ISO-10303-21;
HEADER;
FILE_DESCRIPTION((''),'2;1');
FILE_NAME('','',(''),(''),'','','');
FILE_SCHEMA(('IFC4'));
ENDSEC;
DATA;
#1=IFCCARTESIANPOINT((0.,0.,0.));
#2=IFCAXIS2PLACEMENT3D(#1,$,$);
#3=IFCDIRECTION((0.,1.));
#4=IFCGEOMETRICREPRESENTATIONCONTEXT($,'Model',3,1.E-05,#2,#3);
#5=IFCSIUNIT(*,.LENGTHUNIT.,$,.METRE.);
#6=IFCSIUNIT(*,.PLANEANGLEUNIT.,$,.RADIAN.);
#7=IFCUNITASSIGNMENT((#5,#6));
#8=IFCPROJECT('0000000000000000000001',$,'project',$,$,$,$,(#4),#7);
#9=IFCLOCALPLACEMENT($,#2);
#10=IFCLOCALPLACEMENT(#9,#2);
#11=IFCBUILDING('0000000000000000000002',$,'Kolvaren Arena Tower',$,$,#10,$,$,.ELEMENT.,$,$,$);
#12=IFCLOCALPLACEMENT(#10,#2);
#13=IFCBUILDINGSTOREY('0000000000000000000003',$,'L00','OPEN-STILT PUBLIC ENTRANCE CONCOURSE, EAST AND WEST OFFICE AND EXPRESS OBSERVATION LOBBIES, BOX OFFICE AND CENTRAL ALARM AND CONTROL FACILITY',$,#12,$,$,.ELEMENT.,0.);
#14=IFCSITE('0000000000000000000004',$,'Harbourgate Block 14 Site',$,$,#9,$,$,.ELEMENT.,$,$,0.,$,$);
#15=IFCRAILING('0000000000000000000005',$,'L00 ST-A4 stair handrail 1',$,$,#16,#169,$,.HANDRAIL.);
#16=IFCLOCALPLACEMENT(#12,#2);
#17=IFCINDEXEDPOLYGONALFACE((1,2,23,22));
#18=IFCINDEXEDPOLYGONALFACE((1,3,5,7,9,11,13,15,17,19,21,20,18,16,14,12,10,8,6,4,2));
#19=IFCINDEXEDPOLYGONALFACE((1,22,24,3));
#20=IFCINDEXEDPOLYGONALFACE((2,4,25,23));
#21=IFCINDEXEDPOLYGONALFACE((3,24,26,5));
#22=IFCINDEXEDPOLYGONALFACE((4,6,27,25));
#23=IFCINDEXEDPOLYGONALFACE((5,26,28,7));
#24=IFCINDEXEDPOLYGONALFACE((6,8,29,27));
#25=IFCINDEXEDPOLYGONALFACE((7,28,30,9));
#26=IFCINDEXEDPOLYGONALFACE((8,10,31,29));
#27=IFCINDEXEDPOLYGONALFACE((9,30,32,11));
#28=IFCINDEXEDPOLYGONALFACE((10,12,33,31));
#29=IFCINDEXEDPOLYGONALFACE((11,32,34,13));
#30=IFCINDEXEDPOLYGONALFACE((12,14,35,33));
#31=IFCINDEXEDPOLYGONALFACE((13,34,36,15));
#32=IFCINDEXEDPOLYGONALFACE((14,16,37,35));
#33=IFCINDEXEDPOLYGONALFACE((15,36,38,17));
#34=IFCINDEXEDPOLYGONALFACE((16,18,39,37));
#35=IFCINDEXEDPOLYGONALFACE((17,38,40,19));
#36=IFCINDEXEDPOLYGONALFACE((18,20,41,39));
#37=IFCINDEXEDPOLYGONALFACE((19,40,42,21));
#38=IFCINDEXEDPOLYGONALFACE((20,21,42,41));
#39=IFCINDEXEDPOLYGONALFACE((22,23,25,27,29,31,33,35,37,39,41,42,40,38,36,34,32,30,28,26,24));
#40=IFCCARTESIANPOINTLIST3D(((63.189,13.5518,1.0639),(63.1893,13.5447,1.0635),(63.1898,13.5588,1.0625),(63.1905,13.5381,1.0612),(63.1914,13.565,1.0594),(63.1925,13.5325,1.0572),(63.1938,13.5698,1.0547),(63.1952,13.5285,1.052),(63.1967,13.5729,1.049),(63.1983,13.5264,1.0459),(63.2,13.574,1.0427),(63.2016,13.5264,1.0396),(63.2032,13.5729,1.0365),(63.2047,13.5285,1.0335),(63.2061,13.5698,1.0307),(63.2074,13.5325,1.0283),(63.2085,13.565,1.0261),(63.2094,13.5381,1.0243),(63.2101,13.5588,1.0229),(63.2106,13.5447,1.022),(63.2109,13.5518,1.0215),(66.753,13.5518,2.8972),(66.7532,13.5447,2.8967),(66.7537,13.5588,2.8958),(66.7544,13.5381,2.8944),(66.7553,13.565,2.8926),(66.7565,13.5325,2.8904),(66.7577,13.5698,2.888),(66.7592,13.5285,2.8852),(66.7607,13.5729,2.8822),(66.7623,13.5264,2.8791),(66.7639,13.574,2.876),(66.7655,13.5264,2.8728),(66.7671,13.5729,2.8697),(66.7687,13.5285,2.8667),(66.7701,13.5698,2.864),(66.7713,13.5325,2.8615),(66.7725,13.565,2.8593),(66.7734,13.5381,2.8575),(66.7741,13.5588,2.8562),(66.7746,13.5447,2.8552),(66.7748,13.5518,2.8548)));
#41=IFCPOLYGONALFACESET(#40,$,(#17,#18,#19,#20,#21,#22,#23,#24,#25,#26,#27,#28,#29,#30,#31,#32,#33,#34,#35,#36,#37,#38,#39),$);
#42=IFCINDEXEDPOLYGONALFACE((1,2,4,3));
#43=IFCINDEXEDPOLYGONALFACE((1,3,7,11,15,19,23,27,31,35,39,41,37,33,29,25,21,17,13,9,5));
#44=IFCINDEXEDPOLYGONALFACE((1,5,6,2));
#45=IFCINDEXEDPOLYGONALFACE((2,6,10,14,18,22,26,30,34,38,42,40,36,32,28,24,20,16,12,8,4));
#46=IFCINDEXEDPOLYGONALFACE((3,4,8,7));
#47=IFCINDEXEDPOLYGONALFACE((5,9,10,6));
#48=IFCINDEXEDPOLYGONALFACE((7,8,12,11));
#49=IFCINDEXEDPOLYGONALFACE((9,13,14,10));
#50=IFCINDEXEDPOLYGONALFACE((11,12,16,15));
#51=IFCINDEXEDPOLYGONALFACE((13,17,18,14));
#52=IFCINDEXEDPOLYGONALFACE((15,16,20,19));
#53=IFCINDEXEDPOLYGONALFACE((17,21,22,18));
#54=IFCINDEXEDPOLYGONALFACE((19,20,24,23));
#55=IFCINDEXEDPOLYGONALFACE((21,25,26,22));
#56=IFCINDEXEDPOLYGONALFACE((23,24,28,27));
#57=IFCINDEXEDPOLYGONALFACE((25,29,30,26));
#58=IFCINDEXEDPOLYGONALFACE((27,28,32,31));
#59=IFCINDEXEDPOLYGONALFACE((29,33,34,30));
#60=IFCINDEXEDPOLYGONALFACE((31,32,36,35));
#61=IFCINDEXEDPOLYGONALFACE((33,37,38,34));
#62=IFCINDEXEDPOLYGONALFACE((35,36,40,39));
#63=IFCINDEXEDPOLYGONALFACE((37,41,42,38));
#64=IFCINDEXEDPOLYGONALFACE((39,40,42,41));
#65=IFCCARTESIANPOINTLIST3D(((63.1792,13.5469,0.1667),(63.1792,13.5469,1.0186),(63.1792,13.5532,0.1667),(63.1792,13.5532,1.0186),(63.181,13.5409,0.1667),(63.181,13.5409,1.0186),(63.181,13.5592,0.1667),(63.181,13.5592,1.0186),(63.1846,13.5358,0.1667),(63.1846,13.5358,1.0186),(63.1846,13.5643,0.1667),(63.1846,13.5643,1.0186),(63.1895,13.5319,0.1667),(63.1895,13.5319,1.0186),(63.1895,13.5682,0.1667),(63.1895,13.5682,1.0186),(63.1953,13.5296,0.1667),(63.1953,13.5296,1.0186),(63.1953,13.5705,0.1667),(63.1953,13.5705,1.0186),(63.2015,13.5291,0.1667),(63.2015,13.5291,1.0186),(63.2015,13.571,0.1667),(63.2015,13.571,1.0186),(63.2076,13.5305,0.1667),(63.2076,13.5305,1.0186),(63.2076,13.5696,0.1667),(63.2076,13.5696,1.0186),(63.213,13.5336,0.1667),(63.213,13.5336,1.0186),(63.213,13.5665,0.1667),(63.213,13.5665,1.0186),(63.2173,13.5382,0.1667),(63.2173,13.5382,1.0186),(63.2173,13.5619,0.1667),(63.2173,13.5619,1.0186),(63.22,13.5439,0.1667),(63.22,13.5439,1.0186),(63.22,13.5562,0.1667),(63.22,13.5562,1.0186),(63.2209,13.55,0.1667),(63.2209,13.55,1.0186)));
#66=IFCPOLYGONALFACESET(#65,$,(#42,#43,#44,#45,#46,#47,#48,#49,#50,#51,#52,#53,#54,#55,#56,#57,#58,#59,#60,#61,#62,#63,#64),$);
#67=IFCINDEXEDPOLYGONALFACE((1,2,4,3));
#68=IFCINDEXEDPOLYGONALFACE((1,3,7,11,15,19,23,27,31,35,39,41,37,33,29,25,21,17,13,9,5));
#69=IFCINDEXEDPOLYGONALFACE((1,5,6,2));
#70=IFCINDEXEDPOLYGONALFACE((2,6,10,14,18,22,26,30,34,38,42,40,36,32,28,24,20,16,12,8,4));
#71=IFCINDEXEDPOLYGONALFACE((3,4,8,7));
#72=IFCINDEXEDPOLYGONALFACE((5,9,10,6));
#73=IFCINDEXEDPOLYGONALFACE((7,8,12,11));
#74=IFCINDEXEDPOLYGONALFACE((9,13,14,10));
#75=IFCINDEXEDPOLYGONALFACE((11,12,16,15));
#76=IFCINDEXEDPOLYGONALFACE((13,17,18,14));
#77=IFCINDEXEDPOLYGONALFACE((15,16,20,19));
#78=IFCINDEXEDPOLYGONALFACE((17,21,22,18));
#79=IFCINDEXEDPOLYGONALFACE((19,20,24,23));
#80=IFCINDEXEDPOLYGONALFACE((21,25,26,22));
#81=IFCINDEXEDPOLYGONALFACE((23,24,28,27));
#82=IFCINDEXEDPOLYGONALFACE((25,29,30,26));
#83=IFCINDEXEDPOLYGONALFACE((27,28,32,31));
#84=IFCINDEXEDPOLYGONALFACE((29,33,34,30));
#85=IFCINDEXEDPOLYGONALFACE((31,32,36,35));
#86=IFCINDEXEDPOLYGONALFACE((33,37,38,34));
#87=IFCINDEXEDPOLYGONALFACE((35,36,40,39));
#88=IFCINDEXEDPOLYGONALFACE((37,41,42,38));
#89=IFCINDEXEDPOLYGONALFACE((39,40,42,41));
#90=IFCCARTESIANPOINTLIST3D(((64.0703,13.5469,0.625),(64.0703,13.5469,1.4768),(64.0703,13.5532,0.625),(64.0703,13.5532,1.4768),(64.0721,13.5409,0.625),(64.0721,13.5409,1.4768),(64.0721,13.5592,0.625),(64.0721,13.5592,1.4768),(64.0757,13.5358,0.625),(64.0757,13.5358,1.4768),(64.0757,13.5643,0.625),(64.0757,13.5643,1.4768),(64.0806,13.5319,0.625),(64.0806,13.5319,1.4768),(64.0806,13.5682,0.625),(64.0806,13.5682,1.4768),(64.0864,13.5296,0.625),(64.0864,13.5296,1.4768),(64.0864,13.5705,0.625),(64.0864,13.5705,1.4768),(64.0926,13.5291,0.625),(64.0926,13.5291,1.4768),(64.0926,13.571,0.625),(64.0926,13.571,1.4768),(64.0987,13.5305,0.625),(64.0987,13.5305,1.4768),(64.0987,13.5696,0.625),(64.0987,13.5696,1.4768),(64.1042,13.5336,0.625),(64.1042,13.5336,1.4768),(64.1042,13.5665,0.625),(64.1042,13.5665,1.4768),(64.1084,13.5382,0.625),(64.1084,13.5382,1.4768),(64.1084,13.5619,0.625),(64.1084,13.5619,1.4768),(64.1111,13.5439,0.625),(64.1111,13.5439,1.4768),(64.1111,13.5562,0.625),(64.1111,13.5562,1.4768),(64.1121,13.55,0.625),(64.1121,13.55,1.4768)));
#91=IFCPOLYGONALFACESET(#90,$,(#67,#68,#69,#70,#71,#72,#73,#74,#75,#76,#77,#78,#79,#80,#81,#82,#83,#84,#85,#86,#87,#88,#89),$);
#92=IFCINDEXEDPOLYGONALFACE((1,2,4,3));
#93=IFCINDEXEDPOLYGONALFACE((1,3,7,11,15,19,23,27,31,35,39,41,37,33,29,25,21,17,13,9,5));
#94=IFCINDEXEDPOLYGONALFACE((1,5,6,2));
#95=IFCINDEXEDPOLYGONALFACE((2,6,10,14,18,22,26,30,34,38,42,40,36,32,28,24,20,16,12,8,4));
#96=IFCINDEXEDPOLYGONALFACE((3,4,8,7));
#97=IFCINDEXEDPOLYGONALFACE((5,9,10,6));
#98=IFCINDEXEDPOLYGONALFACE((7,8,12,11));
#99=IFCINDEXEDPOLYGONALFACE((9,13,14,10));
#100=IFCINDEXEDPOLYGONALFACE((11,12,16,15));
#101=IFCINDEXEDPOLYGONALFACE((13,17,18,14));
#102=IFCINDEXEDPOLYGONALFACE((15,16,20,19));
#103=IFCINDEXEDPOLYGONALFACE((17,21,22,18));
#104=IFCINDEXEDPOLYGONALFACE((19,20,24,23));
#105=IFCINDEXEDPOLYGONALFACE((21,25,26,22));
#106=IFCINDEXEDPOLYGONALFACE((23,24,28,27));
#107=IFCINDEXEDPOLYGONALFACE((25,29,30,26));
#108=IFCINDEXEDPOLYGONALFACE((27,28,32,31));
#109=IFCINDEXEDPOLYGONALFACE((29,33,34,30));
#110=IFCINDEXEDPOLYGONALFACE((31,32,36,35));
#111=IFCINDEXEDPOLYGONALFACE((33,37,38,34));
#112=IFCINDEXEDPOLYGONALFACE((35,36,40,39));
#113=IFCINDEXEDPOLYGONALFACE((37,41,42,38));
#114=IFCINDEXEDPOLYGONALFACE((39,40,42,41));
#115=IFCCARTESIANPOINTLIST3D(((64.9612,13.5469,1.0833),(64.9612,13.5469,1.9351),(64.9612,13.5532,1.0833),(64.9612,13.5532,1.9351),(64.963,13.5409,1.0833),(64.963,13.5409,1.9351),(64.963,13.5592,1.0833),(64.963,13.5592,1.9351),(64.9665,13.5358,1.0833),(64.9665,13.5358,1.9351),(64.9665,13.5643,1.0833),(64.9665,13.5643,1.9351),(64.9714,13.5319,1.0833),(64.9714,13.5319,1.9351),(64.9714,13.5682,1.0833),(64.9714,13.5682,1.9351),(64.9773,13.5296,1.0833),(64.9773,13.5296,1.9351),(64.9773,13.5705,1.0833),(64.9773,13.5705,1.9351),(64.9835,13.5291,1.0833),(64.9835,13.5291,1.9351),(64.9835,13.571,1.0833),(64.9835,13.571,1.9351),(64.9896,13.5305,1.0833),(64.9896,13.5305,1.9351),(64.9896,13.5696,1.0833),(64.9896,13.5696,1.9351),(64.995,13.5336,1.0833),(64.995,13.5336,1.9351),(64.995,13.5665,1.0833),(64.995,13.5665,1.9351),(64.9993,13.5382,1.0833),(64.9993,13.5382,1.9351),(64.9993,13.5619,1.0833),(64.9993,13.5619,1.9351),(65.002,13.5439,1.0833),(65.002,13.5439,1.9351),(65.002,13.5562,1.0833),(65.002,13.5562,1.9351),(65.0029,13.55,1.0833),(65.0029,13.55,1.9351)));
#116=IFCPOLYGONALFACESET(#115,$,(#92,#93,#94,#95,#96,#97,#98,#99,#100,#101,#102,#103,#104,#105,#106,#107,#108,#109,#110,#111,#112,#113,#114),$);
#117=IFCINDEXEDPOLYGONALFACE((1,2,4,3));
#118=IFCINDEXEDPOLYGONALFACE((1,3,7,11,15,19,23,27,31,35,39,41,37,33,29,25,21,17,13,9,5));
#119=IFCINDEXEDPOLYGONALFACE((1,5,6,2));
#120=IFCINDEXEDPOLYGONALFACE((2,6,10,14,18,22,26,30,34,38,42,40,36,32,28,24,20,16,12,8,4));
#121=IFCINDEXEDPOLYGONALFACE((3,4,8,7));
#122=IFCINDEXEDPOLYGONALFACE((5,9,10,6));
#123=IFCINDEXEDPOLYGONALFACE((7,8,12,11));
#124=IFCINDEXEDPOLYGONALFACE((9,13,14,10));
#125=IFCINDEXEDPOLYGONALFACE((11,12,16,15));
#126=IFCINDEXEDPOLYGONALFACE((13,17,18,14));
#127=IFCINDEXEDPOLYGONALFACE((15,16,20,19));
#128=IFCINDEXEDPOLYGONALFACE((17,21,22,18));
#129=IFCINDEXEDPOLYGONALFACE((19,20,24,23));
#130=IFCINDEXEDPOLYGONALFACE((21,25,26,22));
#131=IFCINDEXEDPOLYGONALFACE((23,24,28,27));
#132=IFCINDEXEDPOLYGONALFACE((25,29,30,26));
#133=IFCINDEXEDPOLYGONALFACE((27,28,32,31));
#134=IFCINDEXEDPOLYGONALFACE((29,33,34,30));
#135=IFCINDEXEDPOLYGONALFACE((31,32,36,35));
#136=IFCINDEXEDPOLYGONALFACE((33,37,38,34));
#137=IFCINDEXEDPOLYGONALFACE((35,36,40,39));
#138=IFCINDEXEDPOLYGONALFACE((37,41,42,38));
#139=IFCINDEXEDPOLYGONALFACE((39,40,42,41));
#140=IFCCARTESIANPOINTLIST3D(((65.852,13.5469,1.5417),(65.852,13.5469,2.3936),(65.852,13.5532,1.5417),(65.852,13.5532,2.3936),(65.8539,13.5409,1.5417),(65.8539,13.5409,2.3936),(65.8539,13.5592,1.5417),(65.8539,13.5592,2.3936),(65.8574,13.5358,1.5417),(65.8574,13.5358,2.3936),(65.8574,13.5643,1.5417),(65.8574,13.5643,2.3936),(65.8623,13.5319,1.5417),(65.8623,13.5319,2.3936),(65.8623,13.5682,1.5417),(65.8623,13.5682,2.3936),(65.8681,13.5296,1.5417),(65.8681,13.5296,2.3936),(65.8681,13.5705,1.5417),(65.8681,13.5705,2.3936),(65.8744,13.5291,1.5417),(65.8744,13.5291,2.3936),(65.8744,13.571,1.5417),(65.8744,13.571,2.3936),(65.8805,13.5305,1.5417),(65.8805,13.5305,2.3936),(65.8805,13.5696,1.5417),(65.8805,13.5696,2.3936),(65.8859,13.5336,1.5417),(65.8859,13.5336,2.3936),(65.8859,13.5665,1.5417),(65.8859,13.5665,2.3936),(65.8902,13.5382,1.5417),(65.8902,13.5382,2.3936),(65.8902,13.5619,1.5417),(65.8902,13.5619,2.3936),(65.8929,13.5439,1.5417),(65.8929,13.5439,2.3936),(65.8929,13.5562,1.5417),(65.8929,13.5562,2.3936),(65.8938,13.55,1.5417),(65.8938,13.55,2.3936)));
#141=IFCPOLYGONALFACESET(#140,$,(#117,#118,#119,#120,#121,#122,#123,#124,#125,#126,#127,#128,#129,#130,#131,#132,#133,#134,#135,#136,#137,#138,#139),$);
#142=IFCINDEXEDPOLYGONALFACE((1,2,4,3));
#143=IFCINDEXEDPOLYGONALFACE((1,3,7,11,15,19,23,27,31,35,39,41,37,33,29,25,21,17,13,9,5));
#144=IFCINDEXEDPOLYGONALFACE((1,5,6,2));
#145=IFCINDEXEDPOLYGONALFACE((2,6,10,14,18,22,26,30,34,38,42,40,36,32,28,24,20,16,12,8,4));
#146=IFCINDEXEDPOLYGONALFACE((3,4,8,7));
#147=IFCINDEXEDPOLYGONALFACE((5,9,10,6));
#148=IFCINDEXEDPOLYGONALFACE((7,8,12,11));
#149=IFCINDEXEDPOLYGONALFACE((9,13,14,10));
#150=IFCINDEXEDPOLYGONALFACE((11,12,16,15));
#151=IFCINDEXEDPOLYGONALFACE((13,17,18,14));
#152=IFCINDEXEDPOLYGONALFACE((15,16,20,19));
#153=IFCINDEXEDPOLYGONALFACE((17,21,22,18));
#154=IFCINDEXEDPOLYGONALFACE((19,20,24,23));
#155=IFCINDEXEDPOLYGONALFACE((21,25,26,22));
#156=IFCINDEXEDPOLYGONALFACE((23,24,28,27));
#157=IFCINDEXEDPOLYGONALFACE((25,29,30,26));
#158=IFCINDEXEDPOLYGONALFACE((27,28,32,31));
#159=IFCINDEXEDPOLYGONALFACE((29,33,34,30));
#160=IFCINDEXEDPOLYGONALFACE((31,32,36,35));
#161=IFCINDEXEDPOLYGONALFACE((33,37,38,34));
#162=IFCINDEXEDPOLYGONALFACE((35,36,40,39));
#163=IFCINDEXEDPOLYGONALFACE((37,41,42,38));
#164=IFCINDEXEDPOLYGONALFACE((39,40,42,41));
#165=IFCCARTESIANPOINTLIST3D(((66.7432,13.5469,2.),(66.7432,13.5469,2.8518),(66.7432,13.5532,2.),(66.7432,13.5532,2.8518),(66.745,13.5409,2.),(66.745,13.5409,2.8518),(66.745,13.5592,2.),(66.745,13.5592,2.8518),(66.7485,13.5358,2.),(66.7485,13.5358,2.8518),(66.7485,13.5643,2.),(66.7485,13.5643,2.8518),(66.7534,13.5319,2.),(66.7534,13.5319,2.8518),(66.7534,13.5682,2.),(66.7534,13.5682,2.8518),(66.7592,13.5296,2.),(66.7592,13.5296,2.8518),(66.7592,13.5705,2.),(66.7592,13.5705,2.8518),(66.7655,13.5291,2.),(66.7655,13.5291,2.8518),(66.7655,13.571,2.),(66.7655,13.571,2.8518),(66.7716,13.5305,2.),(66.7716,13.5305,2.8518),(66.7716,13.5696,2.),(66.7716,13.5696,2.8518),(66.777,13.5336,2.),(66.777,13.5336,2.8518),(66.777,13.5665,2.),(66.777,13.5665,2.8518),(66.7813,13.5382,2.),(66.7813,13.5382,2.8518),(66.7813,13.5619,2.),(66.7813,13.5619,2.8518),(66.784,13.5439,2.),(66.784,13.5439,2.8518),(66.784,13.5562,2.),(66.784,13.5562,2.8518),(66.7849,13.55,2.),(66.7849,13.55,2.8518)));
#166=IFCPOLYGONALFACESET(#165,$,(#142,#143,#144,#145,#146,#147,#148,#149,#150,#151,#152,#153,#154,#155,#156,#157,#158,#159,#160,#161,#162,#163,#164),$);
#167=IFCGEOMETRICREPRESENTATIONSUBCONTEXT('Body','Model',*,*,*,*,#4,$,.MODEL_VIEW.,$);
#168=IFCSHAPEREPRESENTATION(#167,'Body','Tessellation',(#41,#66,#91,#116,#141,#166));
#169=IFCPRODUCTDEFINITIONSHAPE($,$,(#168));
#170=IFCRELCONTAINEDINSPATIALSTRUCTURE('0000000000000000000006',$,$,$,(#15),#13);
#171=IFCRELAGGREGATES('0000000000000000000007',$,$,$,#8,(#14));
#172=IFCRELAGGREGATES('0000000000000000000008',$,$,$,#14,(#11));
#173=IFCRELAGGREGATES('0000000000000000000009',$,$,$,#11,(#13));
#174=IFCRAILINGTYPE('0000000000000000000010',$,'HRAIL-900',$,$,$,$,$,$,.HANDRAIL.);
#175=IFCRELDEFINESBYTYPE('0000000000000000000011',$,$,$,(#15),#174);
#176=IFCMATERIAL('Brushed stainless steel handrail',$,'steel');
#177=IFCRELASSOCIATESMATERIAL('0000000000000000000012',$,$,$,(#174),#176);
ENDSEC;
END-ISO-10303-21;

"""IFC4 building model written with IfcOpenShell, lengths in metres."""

from ifc_helpers import new_model, si_unit, direction, frame, origin, origin_2d, place, context, subcontext, project, spatial, circle, extrude, material, type_object, element, save


model = new_model("IFC4")

# Units and contexts
model_context = context("Model", 3, precision=1e-05, world=origin(), true_north=direction((0.0, 1.0)))
body_context = subcontext(model_context, "Body", "Model", "MODEL_VIEW")
ifc_project = project(units=[si_unit("LENGTHUNIT", "METRE"), si_unit("PLANEANGLEUNIT", "RADIAN")], contexts=[model_context])

# Site, building, storey
site_placement = place(None, origin())
site = spatial("IfcSite", under=ifc_project, at=site_placement, Name="Harbourgate Block 14 Site", CompositionType="ELEMENT", RefElevation=0.0)
building_placement = place(site_placement, origin())
building = spatial("IfcBuilding", under=site, at=building_placement, Name="Kolvaren Arena Tower", CompositionType="ELEMENT")
storey_placement = place(building_placement, origin())
storey = spatial("IfcBuildingStorey", under=building, at=storey_placement, Name="L00", Description="OPEN-STILT PUBLIC ENTRANCE CONCOURSE, EAST AND WEST OFFICE AND EXPRESS OBSERVATION LOBBIES, BOX OFFICE AND CENTRAL ALARM AND CONTROL FACILITY", CompositionType="ELEMENT", Elevation=0.0)

# Railing
ifc_material_1 = material(Name="Brushed stainless steel handrail", Category="steel")
railing_type = type_object("IfcRailingType", Name="HRAIL-900", PredefinedType="HANDRAIL", material=ifc_material_1)
for number, where, name in (
    (1, (63.2, 13.55, 0.1667), "L00 ST-A4 stair handrail 1"),
):
    element("IfcRailing", number, at=place(storey_placement, frame(where)), inside=storey, type_object=railing_type, Name=name, PredefinedType="HANDRAIL", context=body_context, shape_type="SweptSolid", body=[
        extrude(circle(Radius=0.0239, at=origin_2d()), frame((0.0, 0.0, 0.876), z_axis=(0.889252, 0.0, 0.457418), x_axis=(0.0, 1.0, 0.0)), (0.0, 0.0, 1.0), 4.0078),
        extrude(circle(Radius=0.021, at=origin_2d()), origin(), (0.0, 0.0, 1.0), 0.8518),
        extrude(circle(Radius=0.021, at=origin_2d()), frame((0.8911, 0.0, 0.4583)), (0.0, 0.0, 1.0), 0.8518),
        extrude(circle(Radius=0.021, at=origin_2d()), frame((1.782, 0.0, 0.9165)), (0.0, 0.0, 1.0), 0.8518),
        extrude(circle(Radius=0.021, at=origin_2d()), frame((2.6729, 0.0, 1.375)), (0.0, 0.0, 1.0), 0.8518),
        extrude(circle(Radius=0.021, at=origin_2d()), frame((3.564, 0.0, 1.8333)), (0.0, 0.0, 1.0), 0.8518),
    ])

save(model, "model.ifc")
